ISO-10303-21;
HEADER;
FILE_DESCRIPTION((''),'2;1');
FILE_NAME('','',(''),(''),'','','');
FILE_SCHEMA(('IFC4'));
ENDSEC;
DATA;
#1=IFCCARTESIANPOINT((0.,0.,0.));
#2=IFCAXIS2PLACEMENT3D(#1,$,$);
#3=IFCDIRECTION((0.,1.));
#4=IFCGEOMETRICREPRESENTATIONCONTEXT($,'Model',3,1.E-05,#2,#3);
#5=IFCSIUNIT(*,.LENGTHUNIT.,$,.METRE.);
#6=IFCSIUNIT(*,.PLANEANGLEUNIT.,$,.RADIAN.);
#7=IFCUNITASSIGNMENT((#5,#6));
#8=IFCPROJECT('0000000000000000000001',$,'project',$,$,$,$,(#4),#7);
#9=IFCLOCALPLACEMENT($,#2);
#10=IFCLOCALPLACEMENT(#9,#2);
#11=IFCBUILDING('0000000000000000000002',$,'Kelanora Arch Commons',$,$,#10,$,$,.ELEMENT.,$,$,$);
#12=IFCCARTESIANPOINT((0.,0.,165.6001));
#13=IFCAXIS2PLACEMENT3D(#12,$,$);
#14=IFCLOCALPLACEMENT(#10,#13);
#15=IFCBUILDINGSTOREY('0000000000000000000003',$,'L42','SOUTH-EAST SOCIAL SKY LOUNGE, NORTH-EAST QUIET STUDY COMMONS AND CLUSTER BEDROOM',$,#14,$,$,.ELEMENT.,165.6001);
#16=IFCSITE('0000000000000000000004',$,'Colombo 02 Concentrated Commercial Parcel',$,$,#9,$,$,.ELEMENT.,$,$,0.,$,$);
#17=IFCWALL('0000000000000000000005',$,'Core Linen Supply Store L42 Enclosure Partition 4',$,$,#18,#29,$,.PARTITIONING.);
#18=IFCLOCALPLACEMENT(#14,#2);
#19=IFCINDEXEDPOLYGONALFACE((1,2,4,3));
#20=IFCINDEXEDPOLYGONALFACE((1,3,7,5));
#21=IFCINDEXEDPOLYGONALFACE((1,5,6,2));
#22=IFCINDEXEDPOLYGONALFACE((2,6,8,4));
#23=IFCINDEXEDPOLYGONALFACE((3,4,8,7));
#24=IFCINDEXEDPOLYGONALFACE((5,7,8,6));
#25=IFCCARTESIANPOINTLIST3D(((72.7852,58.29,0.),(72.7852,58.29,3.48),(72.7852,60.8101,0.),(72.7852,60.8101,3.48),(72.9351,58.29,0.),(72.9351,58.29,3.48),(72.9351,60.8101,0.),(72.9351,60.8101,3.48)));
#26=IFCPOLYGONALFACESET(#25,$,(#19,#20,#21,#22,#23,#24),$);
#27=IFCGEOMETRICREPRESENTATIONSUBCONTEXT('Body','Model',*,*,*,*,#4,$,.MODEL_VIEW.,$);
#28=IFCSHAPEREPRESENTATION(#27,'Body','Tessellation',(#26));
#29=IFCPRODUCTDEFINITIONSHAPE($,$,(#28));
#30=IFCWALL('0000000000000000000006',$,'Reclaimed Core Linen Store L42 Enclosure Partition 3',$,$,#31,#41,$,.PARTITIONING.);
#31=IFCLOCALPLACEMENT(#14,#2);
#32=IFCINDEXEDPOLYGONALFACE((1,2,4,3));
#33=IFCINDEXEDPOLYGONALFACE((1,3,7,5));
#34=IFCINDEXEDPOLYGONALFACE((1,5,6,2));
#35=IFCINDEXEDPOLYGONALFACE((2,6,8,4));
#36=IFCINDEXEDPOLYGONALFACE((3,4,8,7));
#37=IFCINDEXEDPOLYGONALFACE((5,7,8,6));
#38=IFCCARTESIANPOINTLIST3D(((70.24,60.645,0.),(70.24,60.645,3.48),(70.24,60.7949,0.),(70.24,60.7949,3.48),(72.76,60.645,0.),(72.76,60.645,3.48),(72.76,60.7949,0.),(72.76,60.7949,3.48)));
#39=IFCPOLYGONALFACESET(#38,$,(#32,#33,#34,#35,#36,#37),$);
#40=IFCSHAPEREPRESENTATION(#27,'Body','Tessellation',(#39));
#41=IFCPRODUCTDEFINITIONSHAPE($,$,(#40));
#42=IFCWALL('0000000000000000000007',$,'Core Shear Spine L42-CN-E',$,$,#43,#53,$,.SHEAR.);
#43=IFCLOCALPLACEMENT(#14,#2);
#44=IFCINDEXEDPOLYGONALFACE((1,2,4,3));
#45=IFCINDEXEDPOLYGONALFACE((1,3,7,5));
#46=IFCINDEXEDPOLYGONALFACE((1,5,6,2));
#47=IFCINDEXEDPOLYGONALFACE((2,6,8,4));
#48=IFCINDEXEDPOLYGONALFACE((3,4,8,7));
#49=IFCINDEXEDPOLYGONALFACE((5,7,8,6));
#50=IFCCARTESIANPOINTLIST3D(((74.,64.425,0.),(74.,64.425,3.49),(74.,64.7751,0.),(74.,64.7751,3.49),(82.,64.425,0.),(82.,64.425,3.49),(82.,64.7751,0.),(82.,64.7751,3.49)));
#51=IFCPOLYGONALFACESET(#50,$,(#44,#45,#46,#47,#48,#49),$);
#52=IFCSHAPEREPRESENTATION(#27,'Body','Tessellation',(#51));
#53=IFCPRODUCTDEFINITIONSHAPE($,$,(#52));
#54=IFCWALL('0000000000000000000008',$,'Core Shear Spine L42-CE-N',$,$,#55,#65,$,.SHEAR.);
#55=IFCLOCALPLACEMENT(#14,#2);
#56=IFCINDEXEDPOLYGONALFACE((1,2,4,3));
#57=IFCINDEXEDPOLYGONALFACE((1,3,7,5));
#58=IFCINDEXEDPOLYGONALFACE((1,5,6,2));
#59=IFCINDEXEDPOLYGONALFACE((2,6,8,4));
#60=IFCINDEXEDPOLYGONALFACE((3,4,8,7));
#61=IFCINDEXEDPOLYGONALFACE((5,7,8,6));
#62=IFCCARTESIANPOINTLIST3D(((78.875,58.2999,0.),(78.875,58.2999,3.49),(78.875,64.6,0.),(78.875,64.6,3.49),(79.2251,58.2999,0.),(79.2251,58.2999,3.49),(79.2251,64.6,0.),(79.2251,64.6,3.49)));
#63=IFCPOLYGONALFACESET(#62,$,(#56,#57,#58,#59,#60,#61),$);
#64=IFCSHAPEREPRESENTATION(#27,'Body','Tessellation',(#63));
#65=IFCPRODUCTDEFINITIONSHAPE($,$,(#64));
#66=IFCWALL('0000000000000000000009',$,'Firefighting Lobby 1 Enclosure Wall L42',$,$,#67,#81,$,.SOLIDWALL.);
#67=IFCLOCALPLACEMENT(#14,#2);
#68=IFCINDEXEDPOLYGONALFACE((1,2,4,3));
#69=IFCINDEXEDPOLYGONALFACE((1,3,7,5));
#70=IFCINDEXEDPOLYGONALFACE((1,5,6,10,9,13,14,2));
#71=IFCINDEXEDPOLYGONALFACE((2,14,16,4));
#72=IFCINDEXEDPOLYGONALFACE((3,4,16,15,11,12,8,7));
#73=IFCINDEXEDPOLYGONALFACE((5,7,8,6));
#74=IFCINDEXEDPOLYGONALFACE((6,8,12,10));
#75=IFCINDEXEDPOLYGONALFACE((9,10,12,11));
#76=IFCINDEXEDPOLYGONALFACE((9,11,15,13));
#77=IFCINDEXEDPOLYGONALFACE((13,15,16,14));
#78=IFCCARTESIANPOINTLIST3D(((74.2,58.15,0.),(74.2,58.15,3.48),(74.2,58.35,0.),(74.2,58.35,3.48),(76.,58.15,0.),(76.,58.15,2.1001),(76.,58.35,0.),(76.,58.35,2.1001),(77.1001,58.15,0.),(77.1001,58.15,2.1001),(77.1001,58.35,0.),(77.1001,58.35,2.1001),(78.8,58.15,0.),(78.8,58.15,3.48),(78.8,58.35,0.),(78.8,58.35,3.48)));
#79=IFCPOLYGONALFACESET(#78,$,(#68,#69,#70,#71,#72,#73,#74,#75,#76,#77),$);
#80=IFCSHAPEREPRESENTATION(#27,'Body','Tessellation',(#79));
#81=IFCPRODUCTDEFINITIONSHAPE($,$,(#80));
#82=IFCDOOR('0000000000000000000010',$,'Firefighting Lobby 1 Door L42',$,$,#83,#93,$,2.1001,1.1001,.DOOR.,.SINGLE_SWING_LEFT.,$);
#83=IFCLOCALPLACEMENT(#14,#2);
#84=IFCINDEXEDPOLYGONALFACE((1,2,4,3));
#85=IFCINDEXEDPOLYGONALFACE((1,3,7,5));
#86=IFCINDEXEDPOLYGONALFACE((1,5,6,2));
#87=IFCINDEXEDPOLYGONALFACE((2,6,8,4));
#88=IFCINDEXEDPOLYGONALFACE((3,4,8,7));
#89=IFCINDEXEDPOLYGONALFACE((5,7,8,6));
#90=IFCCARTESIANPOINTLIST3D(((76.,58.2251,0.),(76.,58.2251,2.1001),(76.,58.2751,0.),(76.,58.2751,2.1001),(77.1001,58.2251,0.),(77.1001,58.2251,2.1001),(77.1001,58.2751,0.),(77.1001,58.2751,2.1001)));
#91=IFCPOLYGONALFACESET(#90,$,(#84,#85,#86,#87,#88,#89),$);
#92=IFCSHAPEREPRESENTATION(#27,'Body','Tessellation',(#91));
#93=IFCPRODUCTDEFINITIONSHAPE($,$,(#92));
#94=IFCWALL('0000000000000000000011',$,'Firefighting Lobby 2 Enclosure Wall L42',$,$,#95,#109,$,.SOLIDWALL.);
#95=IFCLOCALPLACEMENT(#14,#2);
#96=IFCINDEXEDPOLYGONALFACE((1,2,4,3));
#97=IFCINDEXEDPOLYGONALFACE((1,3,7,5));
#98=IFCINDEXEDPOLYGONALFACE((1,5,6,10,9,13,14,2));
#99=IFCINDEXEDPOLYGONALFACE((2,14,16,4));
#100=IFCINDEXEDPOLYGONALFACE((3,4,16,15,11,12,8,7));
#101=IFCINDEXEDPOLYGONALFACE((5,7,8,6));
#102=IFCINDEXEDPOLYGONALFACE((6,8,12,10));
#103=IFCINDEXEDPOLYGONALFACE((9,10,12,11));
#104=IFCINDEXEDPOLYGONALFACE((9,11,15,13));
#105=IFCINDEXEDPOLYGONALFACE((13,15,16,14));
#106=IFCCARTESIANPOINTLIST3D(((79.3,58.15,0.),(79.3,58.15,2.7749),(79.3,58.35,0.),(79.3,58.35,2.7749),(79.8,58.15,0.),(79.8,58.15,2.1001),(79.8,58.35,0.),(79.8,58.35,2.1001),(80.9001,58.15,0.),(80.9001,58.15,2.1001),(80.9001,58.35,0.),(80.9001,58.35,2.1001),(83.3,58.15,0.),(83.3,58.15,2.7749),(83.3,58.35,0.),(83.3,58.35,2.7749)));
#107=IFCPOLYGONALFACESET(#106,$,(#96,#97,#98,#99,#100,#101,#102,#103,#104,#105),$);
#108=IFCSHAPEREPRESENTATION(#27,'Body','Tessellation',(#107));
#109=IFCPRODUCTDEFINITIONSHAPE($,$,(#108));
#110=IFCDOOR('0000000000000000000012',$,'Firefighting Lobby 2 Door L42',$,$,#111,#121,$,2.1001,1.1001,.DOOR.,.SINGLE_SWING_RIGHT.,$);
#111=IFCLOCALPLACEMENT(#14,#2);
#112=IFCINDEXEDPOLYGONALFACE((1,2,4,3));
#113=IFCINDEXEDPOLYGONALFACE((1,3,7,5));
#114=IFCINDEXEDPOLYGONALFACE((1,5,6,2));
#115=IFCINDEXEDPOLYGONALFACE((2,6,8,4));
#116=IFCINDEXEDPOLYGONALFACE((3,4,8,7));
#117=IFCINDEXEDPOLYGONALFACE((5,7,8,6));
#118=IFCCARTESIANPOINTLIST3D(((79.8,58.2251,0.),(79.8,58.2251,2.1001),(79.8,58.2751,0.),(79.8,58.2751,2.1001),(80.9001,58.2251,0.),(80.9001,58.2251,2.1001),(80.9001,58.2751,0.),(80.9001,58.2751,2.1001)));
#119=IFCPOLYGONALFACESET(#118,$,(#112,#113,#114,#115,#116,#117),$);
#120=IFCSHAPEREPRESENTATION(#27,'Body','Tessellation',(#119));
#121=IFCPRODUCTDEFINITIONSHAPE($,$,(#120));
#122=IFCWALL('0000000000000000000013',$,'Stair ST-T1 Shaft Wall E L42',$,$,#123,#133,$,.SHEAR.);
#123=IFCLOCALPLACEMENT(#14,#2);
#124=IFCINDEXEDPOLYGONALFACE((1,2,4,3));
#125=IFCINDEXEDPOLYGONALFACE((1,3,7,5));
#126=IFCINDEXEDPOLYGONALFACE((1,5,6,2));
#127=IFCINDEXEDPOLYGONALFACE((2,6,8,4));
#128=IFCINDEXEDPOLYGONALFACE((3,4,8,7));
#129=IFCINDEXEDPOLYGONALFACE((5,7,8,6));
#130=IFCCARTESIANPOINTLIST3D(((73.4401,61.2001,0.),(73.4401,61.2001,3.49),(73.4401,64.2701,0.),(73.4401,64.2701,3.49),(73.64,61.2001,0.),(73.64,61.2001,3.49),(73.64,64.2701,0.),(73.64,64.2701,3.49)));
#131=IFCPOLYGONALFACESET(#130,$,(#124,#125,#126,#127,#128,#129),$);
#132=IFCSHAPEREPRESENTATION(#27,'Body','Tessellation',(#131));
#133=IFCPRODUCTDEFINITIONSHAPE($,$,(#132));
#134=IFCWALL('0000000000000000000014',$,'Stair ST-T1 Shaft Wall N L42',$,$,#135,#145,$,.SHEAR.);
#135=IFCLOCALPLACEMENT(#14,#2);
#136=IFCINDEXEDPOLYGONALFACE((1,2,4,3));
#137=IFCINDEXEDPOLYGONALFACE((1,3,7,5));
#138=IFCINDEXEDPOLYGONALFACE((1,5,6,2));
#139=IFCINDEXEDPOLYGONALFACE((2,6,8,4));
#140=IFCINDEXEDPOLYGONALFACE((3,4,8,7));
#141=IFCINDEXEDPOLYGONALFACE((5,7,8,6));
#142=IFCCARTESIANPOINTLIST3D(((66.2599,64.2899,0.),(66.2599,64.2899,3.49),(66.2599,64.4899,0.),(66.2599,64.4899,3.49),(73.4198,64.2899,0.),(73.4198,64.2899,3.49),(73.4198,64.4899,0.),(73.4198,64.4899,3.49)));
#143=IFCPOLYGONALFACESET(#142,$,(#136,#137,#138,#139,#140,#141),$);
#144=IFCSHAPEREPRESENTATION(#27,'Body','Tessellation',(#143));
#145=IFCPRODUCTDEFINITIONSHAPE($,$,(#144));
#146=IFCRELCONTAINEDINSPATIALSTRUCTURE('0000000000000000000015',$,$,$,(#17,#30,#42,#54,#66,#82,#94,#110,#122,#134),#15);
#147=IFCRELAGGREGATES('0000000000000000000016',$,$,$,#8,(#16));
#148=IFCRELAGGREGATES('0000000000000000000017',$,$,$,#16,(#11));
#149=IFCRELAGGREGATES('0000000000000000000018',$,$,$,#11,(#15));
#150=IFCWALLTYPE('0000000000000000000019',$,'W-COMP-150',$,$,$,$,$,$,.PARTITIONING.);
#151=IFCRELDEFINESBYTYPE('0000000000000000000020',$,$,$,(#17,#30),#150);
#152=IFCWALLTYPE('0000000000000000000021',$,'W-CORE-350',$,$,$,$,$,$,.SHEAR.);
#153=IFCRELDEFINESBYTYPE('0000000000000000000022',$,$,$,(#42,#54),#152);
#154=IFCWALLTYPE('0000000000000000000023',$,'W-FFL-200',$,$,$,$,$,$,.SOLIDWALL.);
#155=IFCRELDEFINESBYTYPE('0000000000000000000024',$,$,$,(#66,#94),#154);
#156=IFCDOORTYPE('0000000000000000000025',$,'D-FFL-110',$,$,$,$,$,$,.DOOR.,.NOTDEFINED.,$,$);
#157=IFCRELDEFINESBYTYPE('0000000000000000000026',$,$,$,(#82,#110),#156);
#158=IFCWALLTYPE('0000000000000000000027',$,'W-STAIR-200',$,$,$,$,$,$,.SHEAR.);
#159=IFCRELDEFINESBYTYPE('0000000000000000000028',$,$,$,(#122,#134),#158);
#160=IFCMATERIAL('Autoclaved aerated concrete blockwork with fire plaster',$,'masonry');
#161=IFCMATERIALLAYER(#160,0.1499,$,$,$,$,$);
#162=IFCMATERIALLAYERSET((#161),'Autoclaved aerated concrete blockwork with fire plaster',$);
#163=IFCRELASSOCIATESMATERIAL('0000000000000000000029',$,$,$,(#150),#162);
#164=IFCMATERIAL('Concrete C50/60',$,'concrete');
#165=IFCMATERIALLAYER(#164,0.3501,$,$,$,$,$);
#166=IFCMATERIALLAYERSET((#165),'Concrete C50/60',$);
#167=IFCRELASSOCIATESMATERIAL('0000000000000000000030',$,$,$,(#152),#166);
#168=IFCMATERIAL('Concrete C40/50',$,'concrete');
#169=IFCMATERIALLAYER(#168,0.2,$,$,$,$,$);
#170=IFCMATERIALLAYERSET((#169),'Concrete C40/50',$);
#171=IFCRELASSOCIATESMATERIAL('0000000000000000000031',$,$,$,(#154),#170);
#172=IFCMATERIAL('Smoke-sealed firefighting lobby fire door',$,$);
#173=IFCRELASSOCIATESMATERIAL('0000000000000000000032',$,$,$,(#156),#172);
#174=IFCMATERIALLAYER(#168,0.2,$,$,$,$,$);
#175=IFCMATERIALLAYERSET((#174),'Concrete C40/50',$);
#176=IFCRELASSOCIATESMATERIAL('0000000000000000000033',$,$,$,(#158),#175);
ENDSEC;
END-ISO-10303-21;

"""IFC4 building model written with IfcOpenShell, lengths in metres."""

from ifc_helpers import new_model, si_unit, direction, frame, frame_2d, origin, place, context, subcontext, project, spatial, rectangle, extrude, material, layer, layer_set, type_object, element, fill, save


model = new_model("IFC4")

# Units and contexts
model_context = context("Model", 3, precision=1e-05, world=origin(), true_north=direction((0.0, 1.0)))
body_context = subcontext(model_context, "Body", "Model", "MODEL_VIEW")
ifc_project = project(units=[si_unit("LENGTHUNIT", "METRE"), si_unit("PLANEANGLEUNIT", "RADIAN")], contexts=[model_context])

# Site, building, storey
site_placement = place(None, origin())
site = spatial("IfcSite", under=ifc_project, at=site_placement, Name="Colombo 02 Concentrated Commercial Parcel", CompositionType="ELEMENT", RefElevation=0.0)
building_placement = place(site_placement, origin())
building = spatial("IfcBuilding", under=site, at=building_placement, Name="Kelanora Arch Commons", CompositionType="ELEMENT")
storey_placement = place(building_placement, frame((0.0, 0.0, 165.6001)))
storey = spatial("IfcBuildingStorey", under=building, at=storey_placement, Name="L42", Description="SOUTH-EAST SOCIAL SKY LOUNGE, NORTH-EAST QUIET STUDY COMMONS AND CLUSTER BEDROOM", CompositionType="ELEMENT", Elevation=165.6001)

# Shared definitions
ifc_material_1 = material(Name="Autoclaved aerated concrete blockwork with fire plaster", Category="masonry")
ifc_layer_1 = layer(ifc_material_1, 0.1499)
ifc_layer_set_1 = layer_set([ifc_layer_1], Name="Autoclaved aerated concrete blockwork with fire plaster")
wall_type_1 = type_object("IfcWallType", Name="W-COMP-150", PredefinedType="PARTITIONING", material=ifc_layer_set_1)

# Walls
for number, where, z_axis, x_axis, name in (
    (1, (72.8601, 60.8101, 0.0), (0.0, 0.0, 1.0), (0.0, -1.0, 0.0), "Core Linen Supply Store L42 Enclosure Partition 4"),
    (2, (72.76, 60.72, 0.0), (0.0, 0.0, 1.0), (-1.0, 0.0, 0.0), "Reclaimed Core Linen Store L42 Enclosure Partition 3"),
):
    element("IfcWall", number, at=place(storey_placement, frame(where, z_axis=z_axis, x_axis=x_axis)), inside=storey, type_object=wall_type_1, Name=name, PredefinedType="PARTITIONING", context=body_context, shape_type="SweptSolid", body=[
        extrude(rectangle(XDim=2.52, YDim=0.1499, at=frame_2d((1.26, 0.0))), origin(), (0.0, 0.0, 1.0), 3.48),
    ])
ifc_material_2 = material(Name="Concrete C50/60", Category="concrete")
ifc_layer_2 = layer(ifc_material_2, 0.3501)
ifc_layer_set_2 = layer_set([ifc_layer_2], Name="Concrete C50/60")
wall_type_2 = type_object("IfcWallType", Name="W-CORE-350", PredefinedType="SHEAR", material=ifc_layer_set_2)
wall_1_placement = place(storey_placement, frame((74.0, 64.6001, 0.0), z_axis=(0.0, 0.0, 1.0), x_axis=(1.0, 0.0, 0.0)))
element("IfcWall", 3, at=wall_1_placement, inside=storey, type_object=wall_type_2, Name="Core Shear Spine L42-CN-E", PredefinedType="SHEAR", context=body_context, shape_type="SweptSolid", body=[
    extrude(rectangle(XDim=8.0, YDim=0.3501, at=frame_2d((4.0, 0.0))), origin(), (0.0, 0.0, 1.0), 3.49),
])
wall_2_placement = place(storey_placement, frame((79.05, 58.3, 0.0), z_axis=(0.0, 0.0, 1.0), x_axis=(0.0, 1.0, 0.0)))
element("IfcWall", 4, at=wall_2_placement, inside=storey, type_object=wall_type_2, Name="Core Shear Spine L42-CE-N", PredefinedType="SHEAR", context=body_context, shape_type="SweptSolid", body=[
    extrude(rectangle(XDim=6.3, YDim=0.3501, at=frame_2d((3.1499, 0.0))), origin(), (0.0, 0.0, 1.0), 3.49),
])

# Walls, openings, doors
ifc_material_3 = material(Name="Concrete C40/50", Category="concrete")
ifc_layer_3 = layer(ifc_material_3, 0.2)
ifc_layer_set_3 = layer_set([ifc_layer_3], Name="Concrete C40/50")
wall_type_3 = type_object("IfcWallType", Name="W-FFL-200", PredefinedType="SOLIDWALL", material=ifc_layer_set_3)
wall_3_placement = place(storey_placement, frame((74.2, 58.25, 0.0), z_axis=(0.0, 0.0, 1.0), x_axis=(1.0, 0.0, 0.0)))
wall_3 = element("IfcWall", 5, at=wall_3_placement, inside=storey, type_object=wall_type_3, Name="Firefighting Lobby 1 Enclosure Wall L42", PredefinedType="SOLIDWALL", context=body_context, shape_type="SweptSolid", body=[
    extrude(rectangle(XDim=4.6001, YDim=0.2, at=frame_2d((2.3, 0.0))), origin(), (0.0, 0.0, 1.0), 3.48),
])
opening_1_placement = place(wall_3_placement, frame((1.8, 0.0, 0.0)))
opening_1 = element("IfcOpeningElement", 6, at=opening_1_placement, cuts=wall_3, PredefinedType="OPENING", context=body_context, shape_type="SweptSolid", body=[
    extrude(rectangle(XDim=1.1001, YDim=2.1001, at=frame_2d((0.55, 1.05))), frame((0.0, 0.1099, 0.0), z_axis=(0.0, -1.0, 0.0), x_axis=(1.0, 0.0, 0.0)), (0.0, 0.0, 1.0), 0.22),
])
ifc_material_4 = material(Name="Smoke-sealed firefighting lobby fire door")
door_type_1 = type_object("IfcDoorType", Name="D-FFL-110", OperationType="NOTDEFINED", PredefinedType="DOOR", material=ifc_material_4)
door_1_placement = place(opening_1_placement, frame((1.1001, 0.0, 0.0), z_axis=(0.0, 0.0, 1.0), x_axis=(-1.0, 0.0, 0.0)))
door_1 = element("IfcDoor", 7, at=door_1_placement, inside=storey, type_object=door_type_1, Name="Firefighting Lobby 1 Door L42", OperationType="SINGLE_SWING_LEFT", OverallHeight=2.1001, OverallWidth=1.1001, PredefinedType="DOOR", context=body_context, shape_type="SweptSolid", body=[
    extrude(rectangle(XDim=1.1001, YDim=2.1001, at=frame_2d((0.55, 1.05))), frame((0.0, 0.0249, 0.0), z_axis=(0.0, -1.0, 0.0), x_axis=(1.0, 0.0, 0.0)), (0.0, 0.0, 1.0), 0.05),
])
fill(opening_1, door_1)
wall_4_placement = place(storey_placement, frame((79.3, 58.25, 0.0), z_axis=(0.0, 0.0, 1.0), x_axis=(1.0, 0.0, 0.0)))
wall_4 = element("IfcWall", 8, at=wall_4_placement, inside=storey, type_object=wall_type_3, Name="Firefighting Lobby 2 Enclosure Wall L42", PredefinedType="SOLIDWALL", context=body_context, shape_type="SweptSolid", body=[
    extrude(rectangle(XDim=4.0, YDim=0.2, at=frame_2d((2.0, 0.0))), origin(), (0.0, 0.0, 1.0), 2.7749),
])
opening_2_placement = place(wall_4_placement, frame((0.5, 0.0, 0.0)))
opening_2 = element("IfcOpeningElement", 9, at=opening_2_placement, cuts=wall_4, PredefinedType="OPENING", context=body_context, shape_type="SweptSolid", body=[
    extrude(rectangle(XDim=1.1001, YDim=2.1001, at=frame_2d((0.55, 1.05))), frame((0.0, 0.1099, 0.0), z_axis=(0.0, -1.0, 0.0), x_axis=(1.0, 0.0, 0.0)), (0.0, 0.0, 1.0), 0.22),
])
door_2_placement = place(opening_2_placement, frame((1.1001, 0.0, 0.0), z_axis=(0.0, 0.0, 1.0), x_axis=(-1.0, 0.0, 0.0)))
door_2 = element("IfcDoor", 10, at=door_2_placement, inside=storey, type_object=door_type_1, Name="Firefighting Lobby 2 Door L42", OperationType="SINGLE_SWING_RIGHT", OverallHeight=2.1001, OverallWidth=1.1001, PredefinedType="DOOR", context=body_context, shape_type="SweptSolid", body=[
    extrude(rectangle(XDim=1.1001, YDim=2.1001, at=frame_2d((0.55, 1.05))), frame((0.0, 0.0249, 0.0), z_axis=(0.0, -1.0, 0.0), x_axis=(1.0, 0.0, 0.0)), (0.0, 0.0, 1.0), 0.05),
])
fill(opening_2, door_2)

# Walls
ifc_layer_4 = layer(ifc_material_3, 0.2)
ifc_layer_set_4 = layer_set([ifc_layer_4], Name="Concrete C40/50")
wall_type_4 = type_object("IfcWallType", Name="W-STAIR-200", PredefinedType="SHEAR", material=ifc_layer_set_4)
wall_5_placement = place(storey_placement, frame((73.54, 61.2, 0.0), z_axis=(0.0, 0.0, 1.0), x_axis=(0.0, 1.0, 0.0)))
element("IfcWall", 11, at=wall_5_placement, inside=storey, type_object=wall_type_4, Name="Stair ST-T1 Shaft Wall E L42", PredefinedType="SHEAR", context=body_context, shape_type="SweptSolid", body=[
    extrude(rectangle(XDim=3.0701, YDim=0.2, at=frame_2d((1.5352, 0.0))), origin(), (0.0, 0.0, 1.0), 3.49),
])
wall_6_placement = place(storey_placement, frame((73.4199, 64.3899, 0.0), z_axis=(0.0, 0.0, 1.0), x_axis=(-1.0, 0.0, 0.0)))
element("IfcWall", 12, at=wall_6_placement, inside=storey, type_object=wall_type_4, Name="Stair ST-T1 Shaft Wall N L42", PredefinedType="SHEAR", context=body_context, shape_type="SweptSolid", body=[
    extrude(rectangle(XDim=7.1599, YDim=0.2, at=frame_2d((3.5801, 0.0))), origin(), (0.0, 0.0, 1.0), 3.49),
])

save(model, "model.ifc")
